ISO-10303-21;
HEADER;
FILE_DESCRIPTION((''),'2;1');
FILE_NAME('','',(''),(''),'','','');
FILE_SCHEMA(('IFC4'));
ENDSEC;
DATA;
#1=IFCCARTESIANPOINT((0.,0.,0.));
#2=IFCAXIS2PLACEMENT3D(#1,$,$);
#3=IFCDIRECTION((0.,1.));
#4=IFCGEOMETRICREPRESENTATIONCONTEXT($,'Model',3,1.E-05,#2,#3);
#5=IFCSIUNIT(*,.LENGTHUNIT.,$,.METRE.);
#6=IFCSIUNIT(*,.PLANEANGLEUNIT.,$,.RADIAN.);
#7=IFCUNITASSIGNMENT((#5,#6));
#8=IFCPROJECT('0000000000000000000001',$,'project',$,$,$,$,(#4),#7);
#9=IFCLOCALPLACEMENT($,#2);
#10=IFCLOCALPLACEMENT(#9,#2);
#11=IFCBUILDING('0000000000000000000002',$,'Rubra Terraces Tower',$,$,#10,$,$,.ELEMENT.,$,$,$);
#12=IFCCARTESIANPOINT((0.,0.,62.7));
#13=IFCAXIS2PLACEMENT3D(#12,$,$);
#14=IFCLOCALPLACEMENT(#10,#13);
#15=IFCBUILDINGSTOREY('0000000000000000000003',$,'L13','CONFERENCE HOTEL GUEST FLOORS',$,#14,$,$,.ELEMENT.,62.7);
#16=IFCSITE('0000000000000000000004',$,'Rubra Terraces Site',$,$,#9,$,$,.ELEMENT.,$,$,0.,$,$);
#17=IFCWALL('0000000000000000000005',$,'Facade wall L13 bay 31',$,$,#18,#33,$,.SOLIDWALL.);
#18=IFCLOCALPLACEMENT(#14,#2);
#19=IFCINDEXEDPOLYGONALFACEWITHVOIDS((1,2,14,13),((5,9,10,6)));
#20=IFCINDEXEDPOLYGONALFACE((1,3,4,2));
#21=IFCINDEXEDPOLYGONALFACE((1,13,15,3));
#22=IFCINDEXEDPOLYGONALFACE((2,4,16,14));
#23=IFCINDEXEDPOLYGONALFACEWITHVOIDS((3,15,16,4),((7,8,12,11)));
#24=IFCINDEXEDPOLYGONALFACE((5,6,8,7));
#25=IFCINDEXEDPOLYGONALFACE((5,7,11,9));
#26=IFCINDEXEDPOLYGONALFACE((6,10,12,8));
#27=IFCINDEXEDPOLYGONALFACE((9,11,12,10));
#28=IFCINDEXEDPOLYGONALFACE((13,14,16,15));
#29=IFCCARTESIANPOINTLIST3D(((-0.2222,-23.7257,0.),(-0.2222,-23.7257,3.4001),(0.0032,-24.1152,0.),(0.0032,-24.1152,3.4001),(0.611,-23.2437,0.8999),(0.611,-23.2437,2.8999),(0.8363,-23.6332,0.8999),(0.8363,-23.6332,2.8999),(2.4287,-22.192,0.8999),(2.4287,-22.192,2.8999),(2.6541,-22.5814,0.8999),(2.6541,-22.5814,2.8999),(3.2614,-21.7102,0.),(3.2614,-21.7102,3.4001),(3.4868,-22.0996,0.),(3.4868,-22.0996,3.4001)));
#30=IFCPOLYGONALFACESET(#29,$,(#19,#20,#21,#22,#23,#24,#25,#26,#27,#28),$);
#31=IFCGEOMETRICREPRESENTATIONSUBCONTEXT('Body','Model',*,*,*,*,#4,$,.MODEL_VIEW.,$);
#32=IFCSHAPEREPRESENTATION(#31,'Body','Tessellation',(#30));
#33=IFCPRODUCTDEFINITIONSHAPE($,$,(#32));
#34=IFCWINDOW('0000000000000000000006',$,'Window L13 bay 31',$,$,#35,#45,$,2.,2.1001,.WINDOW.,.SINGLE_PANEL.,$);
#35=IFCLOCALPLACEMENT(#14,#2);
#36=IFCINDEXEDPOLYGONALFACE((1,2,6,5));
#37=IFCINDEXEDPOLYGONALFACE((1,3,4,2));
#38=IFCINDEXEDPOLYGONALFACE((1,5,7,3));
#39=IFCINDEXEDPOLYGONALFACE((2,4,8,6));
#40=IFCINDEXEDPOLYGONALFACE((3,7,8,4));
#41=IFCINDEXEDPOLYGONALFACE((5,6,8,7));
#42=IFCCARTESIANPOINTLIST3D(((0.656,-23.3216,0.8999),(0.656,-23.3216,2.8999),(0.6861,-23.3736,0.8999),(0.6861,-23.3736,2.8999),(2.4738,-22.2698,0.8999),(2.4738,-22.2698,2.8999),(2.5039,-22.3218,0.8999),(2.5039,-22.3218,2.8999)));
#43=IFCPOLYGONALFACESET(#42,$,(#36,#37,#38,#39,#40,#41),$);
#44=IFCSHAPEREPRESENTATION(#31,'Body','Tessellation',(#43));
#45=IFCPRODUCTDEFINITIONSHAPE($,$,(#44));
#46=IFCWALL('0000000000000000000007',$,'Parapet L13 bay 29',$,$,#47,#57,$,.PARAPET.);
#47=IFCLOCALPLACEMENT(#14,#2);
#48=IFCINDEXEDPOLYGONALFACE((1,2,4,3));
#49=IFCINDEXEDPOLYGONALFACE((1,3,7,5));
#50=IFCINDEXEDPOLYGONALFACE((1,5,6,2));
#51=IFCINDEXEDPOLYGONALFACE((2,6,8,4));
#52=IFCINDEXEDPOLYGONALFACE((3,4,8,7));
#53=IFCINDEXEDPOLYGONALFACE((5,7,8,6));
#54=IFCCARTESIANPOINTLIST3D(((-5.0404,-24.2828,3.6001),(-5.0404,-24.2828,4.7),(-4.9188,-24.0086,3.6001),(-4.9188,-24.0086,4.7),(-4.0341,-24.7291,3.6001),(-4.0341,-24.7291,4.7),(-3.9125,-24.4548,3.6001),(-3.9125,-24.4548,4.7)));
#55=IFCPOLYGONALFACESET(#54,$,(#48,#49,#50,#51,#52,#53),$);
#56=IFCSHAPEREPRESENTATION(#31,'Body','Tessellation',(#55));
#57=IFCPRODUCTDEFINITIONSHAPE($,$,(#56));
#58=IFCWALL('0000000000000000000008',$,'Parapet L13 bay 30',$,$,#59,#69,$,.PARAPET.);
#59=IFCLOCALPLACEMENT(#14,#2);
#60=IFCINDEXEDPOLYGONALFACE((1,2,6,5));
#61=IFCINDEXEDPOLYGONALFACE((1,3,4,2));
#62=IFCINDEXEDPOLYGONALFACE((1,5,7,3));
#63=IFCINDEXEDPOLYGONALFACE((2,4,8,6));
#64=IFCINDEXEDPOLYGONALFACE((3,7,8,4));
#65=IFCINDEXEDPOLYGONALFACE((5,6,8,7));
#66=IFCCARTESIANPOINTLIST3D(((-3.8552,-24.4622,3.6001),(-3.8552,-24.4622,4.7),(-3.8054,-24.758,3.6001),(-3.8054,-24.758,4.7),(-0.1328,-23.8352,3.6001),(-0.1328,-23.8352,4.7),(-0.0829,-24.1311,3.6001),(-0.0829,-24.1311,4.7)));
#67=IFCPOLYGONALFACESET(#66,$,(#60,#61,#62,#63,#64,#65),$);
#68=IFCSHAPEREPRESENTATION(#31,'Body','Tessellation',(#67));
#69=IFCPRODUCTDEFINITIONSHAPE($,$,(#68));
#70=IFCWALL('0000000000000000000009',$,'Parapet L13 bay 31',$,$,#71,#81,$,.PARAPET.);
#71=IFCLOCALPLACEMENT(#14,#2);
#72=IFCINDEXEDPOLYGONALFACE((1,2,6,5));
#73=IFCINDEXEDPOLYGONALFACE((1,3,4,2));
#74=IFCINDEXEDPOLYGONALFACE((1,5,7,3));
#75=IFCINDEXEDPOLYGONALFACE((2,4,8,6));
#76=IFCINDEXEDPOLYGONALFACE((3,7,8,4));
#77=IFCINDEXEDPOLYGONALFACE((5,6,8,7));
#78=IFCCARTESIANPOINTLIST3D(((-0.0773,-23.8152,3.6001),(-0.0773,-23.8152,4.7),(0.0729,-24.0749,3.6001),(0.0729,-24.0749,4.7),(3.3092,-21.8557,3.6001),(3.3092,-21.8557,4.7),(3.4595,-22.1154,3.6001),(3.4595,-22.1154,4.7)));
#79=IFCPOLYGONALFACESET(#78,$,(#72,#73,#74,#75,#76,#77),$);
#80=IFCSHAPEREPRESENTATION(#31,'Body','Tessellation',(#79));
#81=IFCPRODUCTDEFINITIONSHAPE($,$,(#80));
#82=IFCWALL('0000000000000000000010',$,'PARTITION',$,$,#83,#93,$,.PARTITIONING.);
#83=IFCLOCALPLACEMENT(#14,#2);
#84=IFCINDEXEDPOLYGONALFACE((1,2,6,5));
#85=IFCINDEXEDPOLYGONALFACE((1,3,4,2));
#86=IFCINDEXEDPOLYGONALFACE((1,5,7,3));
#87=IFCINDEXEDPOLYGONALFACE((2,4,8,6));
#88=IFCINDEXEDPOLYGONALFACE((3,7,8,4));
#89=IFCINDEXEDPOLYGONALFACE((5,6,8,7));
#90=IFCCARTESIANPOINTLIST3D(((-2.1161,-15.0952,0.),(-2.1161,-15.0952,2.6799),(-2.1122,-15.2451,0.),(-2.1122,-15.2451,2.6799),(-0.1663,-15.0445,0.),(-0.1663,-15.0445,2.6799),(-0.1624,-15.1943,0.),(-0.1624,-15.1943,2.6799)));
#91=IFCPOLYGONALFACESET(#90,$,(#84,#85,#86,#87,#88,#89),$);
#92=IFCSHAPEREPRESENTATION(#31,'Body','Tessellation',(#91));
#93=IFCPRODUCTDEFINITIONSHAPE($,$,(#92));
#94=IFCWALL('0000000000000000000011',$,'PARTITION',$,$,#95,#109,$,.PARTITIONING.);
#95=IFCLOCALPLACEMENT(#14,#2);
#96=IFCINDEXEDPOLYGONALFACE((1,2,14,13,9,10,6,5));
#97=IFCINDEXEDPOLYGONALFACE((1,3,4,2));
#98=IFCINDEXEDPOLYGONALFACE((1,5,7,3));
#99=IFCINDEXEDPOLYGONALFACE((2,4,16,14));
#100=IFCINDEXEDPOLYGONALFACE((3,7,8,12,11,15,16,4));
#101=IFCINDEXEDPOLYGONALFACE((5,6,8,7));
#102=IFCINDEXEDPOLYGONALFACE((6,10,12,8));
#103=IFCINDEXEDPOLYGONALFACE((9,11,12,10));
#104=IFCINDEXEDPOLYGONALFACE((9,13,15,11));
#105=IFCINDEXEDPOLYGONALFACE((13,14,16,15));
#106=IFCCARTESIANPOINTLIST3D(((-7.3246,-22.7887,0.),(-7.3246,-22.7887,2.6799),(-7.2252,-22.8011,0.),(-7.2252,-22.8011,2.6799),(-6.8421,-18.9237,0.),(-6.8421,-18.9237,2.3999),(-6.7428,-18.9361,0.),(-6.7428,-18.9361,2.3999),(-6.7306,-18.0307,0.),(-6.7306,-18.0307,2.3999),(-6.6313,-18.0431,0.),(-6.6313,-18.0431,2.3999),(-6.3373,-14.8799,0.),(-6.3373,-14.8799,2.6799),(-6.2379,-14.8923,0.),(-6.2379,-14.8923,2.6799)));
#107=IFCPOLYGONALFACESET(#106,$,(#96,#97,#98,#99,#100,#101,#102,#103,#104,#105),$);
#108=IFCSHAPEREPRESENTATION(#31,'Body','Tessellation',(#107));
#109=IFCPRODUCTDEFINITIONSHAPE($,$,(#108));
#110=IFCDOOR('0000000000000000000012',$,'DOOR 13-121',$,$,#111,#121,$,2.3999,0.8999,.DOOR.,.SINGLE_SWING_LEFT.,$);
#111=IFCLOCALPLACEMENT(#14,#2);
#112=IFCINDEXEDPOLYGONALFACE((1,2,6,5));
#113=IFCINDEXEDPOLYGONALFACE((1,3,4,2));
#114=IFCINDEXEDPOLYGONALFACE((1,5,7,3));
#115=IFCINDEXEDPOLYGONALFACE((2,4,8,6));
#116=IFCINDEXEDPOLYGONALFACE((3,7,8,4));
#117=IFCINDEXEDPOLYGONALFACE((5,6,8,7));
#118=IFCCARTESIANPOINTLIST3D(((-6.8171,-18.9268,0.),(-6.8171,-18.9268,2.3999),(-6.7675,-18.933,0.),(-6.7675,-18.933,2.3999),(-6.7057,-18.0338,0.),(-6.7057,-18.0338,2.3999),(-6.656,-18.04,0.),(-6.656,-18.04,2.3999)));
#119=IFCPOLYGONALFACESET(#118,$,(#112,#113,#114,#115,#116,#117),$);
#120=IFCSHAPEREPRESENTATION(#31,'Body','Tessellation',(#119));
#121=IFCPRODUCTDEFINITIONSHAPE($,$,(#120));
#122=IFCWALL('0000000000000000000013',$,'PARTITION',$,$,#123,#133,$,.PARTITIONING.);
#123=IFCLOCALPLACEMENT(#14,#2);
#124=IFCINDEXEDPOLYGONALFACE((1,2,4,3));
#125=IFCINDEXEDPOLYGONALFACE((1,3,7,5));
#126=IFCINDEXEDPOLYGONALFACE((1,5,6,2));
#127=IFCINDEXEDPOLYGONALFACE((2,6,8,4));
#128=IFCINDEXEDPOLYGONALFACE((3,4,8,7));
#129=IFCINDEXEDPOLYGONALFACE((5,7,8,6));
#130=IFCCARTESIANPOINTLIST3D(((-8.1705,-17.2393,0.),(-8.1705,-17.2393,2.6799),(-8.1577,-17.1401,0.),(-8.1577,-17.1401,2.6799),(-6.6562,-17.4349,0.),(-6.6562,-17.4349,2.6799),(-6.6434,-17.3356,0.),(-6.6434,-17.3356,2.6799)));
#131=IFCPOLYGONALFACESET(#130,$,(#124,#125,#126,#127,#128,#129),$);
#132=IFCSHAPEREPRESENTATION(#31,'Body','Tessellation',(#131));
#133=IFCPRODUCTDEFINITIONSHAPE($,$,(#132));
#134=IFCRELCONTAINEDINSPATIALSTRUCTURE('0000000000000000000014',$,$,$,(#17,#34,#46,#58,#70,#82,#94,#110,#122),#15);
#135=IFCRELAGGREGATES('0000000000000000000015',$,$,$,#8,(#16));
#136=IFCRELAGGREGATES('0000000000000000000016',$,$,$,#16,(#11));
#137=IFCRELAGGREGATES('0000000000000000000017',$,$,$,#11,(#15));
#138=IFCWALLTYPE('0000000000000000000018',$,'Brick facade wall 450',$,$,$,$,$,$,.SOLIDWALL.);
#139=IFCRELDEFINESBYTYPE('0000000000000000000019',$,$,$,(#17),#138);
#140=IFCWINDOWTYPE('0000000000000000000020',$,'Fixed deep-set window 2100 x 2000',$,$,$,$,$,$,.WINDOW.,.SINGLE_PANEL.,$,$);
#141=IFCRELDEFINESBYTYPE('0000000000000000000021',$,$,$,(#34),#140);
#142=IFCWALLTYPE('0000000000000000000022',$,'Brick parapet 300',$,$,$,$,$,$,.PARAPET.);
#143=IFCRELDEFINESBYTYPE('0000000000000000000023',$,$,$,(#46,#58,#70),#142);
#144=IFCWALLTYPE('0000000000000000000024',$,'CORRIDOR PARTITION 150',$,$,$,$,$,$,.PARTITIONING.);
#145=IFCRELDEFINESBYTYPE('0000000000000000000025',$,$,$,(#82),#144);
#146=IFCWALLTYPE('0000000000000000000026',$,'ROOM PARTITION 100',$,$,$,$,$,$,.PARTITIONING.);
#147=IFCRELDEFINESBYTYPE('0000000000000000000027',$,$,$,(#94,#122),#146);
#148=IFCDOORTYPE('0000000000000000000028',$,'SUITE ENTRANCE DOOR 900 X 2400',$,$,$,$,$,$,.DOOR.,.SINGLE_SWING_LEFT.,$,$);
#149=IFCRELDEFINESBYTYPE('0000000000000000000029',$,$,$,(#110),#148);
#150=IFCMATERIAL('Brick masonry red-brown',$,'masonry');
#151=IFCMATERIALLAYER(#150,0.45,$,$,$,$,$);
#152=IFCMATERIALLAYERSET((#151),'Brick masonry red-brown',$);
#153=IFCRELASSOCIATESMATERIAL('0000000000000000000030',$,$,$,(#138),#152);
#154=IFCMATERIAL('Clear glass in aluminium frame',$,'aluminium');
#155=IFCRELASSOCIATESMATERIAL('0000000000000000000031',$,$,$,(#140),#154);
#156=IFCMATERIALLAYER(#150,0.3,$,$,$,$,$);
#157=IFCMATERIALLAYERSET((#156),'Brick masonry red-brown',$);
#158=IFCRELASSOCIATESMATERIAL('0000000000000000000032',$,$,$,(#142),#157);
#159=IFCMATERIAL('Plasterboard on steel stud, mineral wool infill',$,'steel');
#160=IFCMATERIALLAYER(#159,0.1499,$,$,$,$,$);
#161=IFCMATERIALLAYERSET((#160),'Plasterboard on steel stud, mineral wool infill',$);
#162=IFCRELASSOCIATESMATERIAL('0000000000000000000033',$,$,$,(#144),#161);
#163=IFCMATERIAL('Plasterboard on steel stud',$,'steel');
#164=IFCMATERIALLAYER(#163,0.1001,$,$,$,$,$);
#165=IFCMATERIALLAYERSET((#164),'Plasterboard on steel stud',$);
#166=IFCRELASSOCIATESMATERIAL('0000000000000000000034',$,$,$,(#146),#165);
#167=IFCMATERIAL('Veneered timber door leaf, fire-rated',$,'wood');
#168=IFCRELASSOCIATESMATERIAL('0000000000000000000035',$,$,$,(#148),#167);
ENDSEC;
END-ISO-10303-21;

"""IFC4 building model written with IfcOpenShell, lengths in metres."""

from ifc_helpers import new_model, si_unit, direction, frame, frame_2d, origin, place, context, subcontext, project, spatial, rectangle, extrude, material, layer, layer_set, type_object, element, fill, save


model = new_model("IFC4")

# Units and contexts
model_context = context("Model", 3, precision=1e-05, world=origin(), true_north=direction((0.0, 1.0)))
body_context = subcontext(model_context, "Body", "Model", "MODEL_VIEW")
ifc_project = project(units=[si_unit("LENGTHUNIT", "METRE"), si_unit("PLANEANGLEUNIT", "RADIAN")], contexts=[model_context])

# Site, building, storey
site_placement = place(None, origin())
site = spatial("IfcSite", under=ifc_project, at=site_placement, Name="Rubra Terraces Site", CompositionType="ELEMENT", RefElevation=0.0)
building_placement = place(site_placement, origin())
building = spatial("IfcBuilding", under=site, at=building_placement, Name="Rubra Terraces Tower", CompositionType="ELEMENT")
storey_placement = place(building_placement, frame((0.0, 0.0, 62.7)))
storey = spatial("IfcBuildingStorey", under=building, at=storey_placement, Name="L13", Description="CONFERENCE HOTEL GUEST FLOORS", CompositionType="ELEMENT", Elevation=62.7)

# Wall, opening, window
ifc_material_1 = material(Name="Brick masonry red-brown", Category="masonry")
ifc_layer_1 = layer(ifc_material_1, 0.45)
ifc_layer_set_1 = layer_set([ifc_layer_1], Name="Brick masonry red-brown")
wall_type_1 = type_object("IfcWallType", Name="Brick facade wall 450", PredefinedType="SOLIDWALL", material=ifc_layer_set_1)
ifc_material_2 = material(Name="Clear glass in aluminium frame", Category="aluminium")
window_type = type_object("IfcWindowType", Name="Fixed deep-set window 2100 x 2000", PartitioningType="SINGLE_PANEL", PredefinedType="WINDOW", material=ifc_material_2)
wall_1_placement = place(storey_placement, frame((-0.1094, -23.9204, 0.0), z_axis=(0.0, 0.0, 1.0), x_axis=(0.865558, 0.500809, 0.0)))
wall_1 = element("IfcWall", 1, at=wall_1_placement, inside=storey, type_object=wall_type_1, Name="Facade wall L13 bay 31", PredefinedType="SOLIDWALL", context=body_context, shape_type="SweptSolid", body=[
    extrude(rectangle(XDim=4.0247, YDim=0.45, at=frame_2d((2.0122, 0.0))), origin(), (0.0, 0.0, 1.0), 3.4001),
])
opening_1_placement = place(wall_1_placement, frame((0.9624, 0.0, 0.8999)))
opening_1 = element("IfcOpeningElement", 2, at=opening_1_placement, cuts=wall_1, PredefinedType="OPENING", context=body_context, shape_type="SweptSolid", body=[
    extrude(rectangle(XDim=2.1001, YDim=2.0, at=frame_2d((1.05, 1.0))), frame((0.0, 0.2349, 0.0), z_axis=(0.0, -1.0, 0.0), x_axis=(1.0, 0.0, 0.0)), (0.0, 0.0, 1.0), 0.47),
])
window_1_placement = place(opening_1_placement, origin())
window_1 = element("IfcWindow", 3, at=window_1_placement, inside=storey, type_object=window_type, Name="Window L13 bay 31", OverallHeight=2.0, OverallWidth=2.1001, PartitioningType="SINGLE_PANEL", PredefinedType="WINDOW", context=body_context, shape_type="SweptSolid", body=[
    extrude(rectangle(XDim=2.1001, YDim=2.0, at=frame_2d((1.05, 1.0))), frame((0.0, 0.135, 0.0), z_axis=(0.0, -1.0, 0.0), x_axis=(1.0, 0.0, 0.0)), (0.0, 0.0, 1.0), 0.0601),
])
fill(opening_1, window_1)

# Walls
ifc_layer_2 = layer(ifc_material_1, 0.3)
ifc_layer_set_2 = layer_set([ifc_layer_2], Name="Brick masonry red-brown")
wall_type_2 = type_object("IfcWallType", Name="Brick parapet 300", PredefinedType="PARAPET", material=ifc_layer_set_2)
wall_2_placement = place(storey_placement, frame((-4.9795, -24.1458, 3.6001), z_axis=(0.0, 0.0, 1.0), x_axis=(0.91414, -0.405398, 0.0)))
element("IfcWall", 4, at=wall_2_placement, inside=storey, type_object=wall_type_2, Name="Parapet L13 bay 29", PredefinedType="PARAPET", context=body_context, shape_type="SweptSolid", body=[
    extrude(rectangle(XDim=1.1008, YDim=0.3, at=frame_2d((0.5503, 0.0))), origin(), (0.0, 0.0, 1.0), 1.0999),
])
wall_3_placement = place(storey_placement, frame((-3.8303, -24.6101, 3.6001), z_axis=(0.0, 0.0, 1.0), x_axis=(0.986111, 0.166087, 0.0)))
element("IfcWall", 5, at=wall_3_placement, inside=storey, type_object=wall_type_2, Name="Parapet L13 bay 30", PredefinedType="PARAPET", context=body_context, shape_type="SweptSolid", body=[
    extrude(rectangle(XDim=3.7749, YDim=0.3, at=frame_2d((1.8875, 0.0))), origin(), (0.0, 0.0, 1.0), 1.0999),
])
wall_4_placement = place(storey_placement, frame((-0.0022, -23.9451, 3.6001), z_axis=(0.0, 0.0, 1.0), x_axis=(0.86555, 0.500822, 0.0)))
element("IfcWall", 6, at=wall_4_placement, inside=storey, type_object=wall_type_2, Name="Parapet L13 bay 31", PredefinedType="PARAPET", context=body_context, shape_type="SweptSolid", body=[
    extrude(rectangle(XDim=3.9126, YDim=0.3, at=frame_2d((1.9563, 0.0))), origin(), (0.0, 0.0, 1.0), 1.0999),
])
ifc_material_3 = material(Name="Plasterboard on steel stud, mineral wool infill", Category="steel")
ifc_layer_3 = layer(ifc_material_3, 0.1499)
ifc_layer_set_3 = layer_set([ifc_layer_3], Name="Plasterboard on steel stud, mineral wool infill")
wall_type_3 = type_object("IfcWallType", Name="CORRIDOR PARTITION 150", PredefinedType="PARTITIONING", material=ifc_layer_set_3)
wall_5_placement = place(storey_placement, frame((-2.114, -15.1702, 0.0), z_axis=(0.0, 0.0, 1.0), x_axis=(0.999661, 0.026037, 0.0)))
element("IfcWall", 7, at=wall_5_placement, inside=storey, type_object=wall_type_3, Name="PARTITION", PredefinedType="PARTITIONING", context=body_context, shape_type="SweptSolid", body=[
    extrude(rectangle(XDim=1.9504, YDim=0.1499, at=frame_2d((0.9751, 0.0))), origin(), (0.0, 0.0, 1.0), 2.6799),
])

# Wall, opening, door
ifc_material_4 = material(Name="Plasterboard on steel stud", Category="steel")
ifc_layer_4 = layer(ifc_material_4, 0.1001)
ifc_layer_set_4 = layer_set([ifc_layer_4], Name="Plasterboard on steel stud")
wall_type_4 = type_object("IfcWallType", Name="ROOM PARTITION 100", PredefinedType="PARTITIONING", material=ifc_layer_set_4)
wall_6_placement = place(storey_placement, frame((-7.2749, -22.7949, 0.0), z_axis=(0.0, 0.0, 1.0), x_axis=(0.123873, 0.992298, 0.0)))
wall_6 = element("IfcWall", 8, at=wall_6_placement, inside=storey, type_object=wall_type_4, Name="PARTITION", PredefinedType="PARTITIONING", context=body_context, shape_type="SweptSolid", body=[
    extrude(rectangle(XDim=7.9702, YDim=0.1001, at=frame_2d((3.9851, 0.0))), origin(), (0.0, 0.0, 1.0), 2.6799),
])
opening_2_placement = place(wall_6_placement, frame((3.895, 0.0, 0.0)))
opening_2 = element("IfcOpeningElement", 9, at=opening_2_placement, cuts=wall_6, PredefinedType="OPENING", context=body_context, shape_type="SweptSolid", body=[
    extrude(rectangle(XDim=0.8999, YDim=2.3999, at=frame_2d((0.45, 1.2))), frame((0.0, 0.0601, 0.0), z_axis=(0.0, -1.0, 0.0), x_axis=(1.0, 0.0, 0.0)), (0.0, 0.0, 1.0), 0.1201),
])
ifc_material_5 = material(Name="Veneered timber door leaf, fire-rated", Category="wood")
door_type = type_object("IfcDoorType", Name="SUITE ENTRANCE DOOR 900 X 2400", OperationType="SINGLE_SWING_LEFT", PredefinedType="DOOR", material=ifc_material_5)
door_placement = place(opening_2_placement, origin())
door = element("IfcDoor", 10, at=door_placement, inside=storey, type_object=door_type, Name="DOOR 13-121", OperationType="SINGLE_SWING_LEFT", OverallHeight=2.3999, OverallWidth=0.8999, PredefinedType="DOOR", context=body_context, shape_type="SweptSolid", body=[
    extrude(rectangle(XDim=0.8999, YDim=2.3999, at=frame_2d((0.45, 1.2))), frame((0.0, 0.0249, 0.0), z_axis=(0.0, -1.0, 0.0), x_axis=(1.0, 0.0, 0.0)), (0.0, 0.0, 1.0), 0.05),
])
fill(opening_2, door)

# Wall
wall_7_placement = place(storey_placement, frame((-8.1641, -17.1897, 0.0), z_axis=(0.0, 0.0, 1.0), x_axis=(0.991763, -0.128088, 0.0)))
element("IfcWall", 11, at=wall_7_placement, inside=storey, type_object=wall_type_4, Name="PARTITION", PredefinedType="PARTITIONING", context=body_context, shape_type="SweptSolid", body=[
    extrude(rectangle(XDim=1.5269, YDim=0.1001, at=frame_2d((0.7634, 0.0))), origin(), (0.0, 0.0, 1.0), 2.6799),
])

save(model, "model.ifc")
